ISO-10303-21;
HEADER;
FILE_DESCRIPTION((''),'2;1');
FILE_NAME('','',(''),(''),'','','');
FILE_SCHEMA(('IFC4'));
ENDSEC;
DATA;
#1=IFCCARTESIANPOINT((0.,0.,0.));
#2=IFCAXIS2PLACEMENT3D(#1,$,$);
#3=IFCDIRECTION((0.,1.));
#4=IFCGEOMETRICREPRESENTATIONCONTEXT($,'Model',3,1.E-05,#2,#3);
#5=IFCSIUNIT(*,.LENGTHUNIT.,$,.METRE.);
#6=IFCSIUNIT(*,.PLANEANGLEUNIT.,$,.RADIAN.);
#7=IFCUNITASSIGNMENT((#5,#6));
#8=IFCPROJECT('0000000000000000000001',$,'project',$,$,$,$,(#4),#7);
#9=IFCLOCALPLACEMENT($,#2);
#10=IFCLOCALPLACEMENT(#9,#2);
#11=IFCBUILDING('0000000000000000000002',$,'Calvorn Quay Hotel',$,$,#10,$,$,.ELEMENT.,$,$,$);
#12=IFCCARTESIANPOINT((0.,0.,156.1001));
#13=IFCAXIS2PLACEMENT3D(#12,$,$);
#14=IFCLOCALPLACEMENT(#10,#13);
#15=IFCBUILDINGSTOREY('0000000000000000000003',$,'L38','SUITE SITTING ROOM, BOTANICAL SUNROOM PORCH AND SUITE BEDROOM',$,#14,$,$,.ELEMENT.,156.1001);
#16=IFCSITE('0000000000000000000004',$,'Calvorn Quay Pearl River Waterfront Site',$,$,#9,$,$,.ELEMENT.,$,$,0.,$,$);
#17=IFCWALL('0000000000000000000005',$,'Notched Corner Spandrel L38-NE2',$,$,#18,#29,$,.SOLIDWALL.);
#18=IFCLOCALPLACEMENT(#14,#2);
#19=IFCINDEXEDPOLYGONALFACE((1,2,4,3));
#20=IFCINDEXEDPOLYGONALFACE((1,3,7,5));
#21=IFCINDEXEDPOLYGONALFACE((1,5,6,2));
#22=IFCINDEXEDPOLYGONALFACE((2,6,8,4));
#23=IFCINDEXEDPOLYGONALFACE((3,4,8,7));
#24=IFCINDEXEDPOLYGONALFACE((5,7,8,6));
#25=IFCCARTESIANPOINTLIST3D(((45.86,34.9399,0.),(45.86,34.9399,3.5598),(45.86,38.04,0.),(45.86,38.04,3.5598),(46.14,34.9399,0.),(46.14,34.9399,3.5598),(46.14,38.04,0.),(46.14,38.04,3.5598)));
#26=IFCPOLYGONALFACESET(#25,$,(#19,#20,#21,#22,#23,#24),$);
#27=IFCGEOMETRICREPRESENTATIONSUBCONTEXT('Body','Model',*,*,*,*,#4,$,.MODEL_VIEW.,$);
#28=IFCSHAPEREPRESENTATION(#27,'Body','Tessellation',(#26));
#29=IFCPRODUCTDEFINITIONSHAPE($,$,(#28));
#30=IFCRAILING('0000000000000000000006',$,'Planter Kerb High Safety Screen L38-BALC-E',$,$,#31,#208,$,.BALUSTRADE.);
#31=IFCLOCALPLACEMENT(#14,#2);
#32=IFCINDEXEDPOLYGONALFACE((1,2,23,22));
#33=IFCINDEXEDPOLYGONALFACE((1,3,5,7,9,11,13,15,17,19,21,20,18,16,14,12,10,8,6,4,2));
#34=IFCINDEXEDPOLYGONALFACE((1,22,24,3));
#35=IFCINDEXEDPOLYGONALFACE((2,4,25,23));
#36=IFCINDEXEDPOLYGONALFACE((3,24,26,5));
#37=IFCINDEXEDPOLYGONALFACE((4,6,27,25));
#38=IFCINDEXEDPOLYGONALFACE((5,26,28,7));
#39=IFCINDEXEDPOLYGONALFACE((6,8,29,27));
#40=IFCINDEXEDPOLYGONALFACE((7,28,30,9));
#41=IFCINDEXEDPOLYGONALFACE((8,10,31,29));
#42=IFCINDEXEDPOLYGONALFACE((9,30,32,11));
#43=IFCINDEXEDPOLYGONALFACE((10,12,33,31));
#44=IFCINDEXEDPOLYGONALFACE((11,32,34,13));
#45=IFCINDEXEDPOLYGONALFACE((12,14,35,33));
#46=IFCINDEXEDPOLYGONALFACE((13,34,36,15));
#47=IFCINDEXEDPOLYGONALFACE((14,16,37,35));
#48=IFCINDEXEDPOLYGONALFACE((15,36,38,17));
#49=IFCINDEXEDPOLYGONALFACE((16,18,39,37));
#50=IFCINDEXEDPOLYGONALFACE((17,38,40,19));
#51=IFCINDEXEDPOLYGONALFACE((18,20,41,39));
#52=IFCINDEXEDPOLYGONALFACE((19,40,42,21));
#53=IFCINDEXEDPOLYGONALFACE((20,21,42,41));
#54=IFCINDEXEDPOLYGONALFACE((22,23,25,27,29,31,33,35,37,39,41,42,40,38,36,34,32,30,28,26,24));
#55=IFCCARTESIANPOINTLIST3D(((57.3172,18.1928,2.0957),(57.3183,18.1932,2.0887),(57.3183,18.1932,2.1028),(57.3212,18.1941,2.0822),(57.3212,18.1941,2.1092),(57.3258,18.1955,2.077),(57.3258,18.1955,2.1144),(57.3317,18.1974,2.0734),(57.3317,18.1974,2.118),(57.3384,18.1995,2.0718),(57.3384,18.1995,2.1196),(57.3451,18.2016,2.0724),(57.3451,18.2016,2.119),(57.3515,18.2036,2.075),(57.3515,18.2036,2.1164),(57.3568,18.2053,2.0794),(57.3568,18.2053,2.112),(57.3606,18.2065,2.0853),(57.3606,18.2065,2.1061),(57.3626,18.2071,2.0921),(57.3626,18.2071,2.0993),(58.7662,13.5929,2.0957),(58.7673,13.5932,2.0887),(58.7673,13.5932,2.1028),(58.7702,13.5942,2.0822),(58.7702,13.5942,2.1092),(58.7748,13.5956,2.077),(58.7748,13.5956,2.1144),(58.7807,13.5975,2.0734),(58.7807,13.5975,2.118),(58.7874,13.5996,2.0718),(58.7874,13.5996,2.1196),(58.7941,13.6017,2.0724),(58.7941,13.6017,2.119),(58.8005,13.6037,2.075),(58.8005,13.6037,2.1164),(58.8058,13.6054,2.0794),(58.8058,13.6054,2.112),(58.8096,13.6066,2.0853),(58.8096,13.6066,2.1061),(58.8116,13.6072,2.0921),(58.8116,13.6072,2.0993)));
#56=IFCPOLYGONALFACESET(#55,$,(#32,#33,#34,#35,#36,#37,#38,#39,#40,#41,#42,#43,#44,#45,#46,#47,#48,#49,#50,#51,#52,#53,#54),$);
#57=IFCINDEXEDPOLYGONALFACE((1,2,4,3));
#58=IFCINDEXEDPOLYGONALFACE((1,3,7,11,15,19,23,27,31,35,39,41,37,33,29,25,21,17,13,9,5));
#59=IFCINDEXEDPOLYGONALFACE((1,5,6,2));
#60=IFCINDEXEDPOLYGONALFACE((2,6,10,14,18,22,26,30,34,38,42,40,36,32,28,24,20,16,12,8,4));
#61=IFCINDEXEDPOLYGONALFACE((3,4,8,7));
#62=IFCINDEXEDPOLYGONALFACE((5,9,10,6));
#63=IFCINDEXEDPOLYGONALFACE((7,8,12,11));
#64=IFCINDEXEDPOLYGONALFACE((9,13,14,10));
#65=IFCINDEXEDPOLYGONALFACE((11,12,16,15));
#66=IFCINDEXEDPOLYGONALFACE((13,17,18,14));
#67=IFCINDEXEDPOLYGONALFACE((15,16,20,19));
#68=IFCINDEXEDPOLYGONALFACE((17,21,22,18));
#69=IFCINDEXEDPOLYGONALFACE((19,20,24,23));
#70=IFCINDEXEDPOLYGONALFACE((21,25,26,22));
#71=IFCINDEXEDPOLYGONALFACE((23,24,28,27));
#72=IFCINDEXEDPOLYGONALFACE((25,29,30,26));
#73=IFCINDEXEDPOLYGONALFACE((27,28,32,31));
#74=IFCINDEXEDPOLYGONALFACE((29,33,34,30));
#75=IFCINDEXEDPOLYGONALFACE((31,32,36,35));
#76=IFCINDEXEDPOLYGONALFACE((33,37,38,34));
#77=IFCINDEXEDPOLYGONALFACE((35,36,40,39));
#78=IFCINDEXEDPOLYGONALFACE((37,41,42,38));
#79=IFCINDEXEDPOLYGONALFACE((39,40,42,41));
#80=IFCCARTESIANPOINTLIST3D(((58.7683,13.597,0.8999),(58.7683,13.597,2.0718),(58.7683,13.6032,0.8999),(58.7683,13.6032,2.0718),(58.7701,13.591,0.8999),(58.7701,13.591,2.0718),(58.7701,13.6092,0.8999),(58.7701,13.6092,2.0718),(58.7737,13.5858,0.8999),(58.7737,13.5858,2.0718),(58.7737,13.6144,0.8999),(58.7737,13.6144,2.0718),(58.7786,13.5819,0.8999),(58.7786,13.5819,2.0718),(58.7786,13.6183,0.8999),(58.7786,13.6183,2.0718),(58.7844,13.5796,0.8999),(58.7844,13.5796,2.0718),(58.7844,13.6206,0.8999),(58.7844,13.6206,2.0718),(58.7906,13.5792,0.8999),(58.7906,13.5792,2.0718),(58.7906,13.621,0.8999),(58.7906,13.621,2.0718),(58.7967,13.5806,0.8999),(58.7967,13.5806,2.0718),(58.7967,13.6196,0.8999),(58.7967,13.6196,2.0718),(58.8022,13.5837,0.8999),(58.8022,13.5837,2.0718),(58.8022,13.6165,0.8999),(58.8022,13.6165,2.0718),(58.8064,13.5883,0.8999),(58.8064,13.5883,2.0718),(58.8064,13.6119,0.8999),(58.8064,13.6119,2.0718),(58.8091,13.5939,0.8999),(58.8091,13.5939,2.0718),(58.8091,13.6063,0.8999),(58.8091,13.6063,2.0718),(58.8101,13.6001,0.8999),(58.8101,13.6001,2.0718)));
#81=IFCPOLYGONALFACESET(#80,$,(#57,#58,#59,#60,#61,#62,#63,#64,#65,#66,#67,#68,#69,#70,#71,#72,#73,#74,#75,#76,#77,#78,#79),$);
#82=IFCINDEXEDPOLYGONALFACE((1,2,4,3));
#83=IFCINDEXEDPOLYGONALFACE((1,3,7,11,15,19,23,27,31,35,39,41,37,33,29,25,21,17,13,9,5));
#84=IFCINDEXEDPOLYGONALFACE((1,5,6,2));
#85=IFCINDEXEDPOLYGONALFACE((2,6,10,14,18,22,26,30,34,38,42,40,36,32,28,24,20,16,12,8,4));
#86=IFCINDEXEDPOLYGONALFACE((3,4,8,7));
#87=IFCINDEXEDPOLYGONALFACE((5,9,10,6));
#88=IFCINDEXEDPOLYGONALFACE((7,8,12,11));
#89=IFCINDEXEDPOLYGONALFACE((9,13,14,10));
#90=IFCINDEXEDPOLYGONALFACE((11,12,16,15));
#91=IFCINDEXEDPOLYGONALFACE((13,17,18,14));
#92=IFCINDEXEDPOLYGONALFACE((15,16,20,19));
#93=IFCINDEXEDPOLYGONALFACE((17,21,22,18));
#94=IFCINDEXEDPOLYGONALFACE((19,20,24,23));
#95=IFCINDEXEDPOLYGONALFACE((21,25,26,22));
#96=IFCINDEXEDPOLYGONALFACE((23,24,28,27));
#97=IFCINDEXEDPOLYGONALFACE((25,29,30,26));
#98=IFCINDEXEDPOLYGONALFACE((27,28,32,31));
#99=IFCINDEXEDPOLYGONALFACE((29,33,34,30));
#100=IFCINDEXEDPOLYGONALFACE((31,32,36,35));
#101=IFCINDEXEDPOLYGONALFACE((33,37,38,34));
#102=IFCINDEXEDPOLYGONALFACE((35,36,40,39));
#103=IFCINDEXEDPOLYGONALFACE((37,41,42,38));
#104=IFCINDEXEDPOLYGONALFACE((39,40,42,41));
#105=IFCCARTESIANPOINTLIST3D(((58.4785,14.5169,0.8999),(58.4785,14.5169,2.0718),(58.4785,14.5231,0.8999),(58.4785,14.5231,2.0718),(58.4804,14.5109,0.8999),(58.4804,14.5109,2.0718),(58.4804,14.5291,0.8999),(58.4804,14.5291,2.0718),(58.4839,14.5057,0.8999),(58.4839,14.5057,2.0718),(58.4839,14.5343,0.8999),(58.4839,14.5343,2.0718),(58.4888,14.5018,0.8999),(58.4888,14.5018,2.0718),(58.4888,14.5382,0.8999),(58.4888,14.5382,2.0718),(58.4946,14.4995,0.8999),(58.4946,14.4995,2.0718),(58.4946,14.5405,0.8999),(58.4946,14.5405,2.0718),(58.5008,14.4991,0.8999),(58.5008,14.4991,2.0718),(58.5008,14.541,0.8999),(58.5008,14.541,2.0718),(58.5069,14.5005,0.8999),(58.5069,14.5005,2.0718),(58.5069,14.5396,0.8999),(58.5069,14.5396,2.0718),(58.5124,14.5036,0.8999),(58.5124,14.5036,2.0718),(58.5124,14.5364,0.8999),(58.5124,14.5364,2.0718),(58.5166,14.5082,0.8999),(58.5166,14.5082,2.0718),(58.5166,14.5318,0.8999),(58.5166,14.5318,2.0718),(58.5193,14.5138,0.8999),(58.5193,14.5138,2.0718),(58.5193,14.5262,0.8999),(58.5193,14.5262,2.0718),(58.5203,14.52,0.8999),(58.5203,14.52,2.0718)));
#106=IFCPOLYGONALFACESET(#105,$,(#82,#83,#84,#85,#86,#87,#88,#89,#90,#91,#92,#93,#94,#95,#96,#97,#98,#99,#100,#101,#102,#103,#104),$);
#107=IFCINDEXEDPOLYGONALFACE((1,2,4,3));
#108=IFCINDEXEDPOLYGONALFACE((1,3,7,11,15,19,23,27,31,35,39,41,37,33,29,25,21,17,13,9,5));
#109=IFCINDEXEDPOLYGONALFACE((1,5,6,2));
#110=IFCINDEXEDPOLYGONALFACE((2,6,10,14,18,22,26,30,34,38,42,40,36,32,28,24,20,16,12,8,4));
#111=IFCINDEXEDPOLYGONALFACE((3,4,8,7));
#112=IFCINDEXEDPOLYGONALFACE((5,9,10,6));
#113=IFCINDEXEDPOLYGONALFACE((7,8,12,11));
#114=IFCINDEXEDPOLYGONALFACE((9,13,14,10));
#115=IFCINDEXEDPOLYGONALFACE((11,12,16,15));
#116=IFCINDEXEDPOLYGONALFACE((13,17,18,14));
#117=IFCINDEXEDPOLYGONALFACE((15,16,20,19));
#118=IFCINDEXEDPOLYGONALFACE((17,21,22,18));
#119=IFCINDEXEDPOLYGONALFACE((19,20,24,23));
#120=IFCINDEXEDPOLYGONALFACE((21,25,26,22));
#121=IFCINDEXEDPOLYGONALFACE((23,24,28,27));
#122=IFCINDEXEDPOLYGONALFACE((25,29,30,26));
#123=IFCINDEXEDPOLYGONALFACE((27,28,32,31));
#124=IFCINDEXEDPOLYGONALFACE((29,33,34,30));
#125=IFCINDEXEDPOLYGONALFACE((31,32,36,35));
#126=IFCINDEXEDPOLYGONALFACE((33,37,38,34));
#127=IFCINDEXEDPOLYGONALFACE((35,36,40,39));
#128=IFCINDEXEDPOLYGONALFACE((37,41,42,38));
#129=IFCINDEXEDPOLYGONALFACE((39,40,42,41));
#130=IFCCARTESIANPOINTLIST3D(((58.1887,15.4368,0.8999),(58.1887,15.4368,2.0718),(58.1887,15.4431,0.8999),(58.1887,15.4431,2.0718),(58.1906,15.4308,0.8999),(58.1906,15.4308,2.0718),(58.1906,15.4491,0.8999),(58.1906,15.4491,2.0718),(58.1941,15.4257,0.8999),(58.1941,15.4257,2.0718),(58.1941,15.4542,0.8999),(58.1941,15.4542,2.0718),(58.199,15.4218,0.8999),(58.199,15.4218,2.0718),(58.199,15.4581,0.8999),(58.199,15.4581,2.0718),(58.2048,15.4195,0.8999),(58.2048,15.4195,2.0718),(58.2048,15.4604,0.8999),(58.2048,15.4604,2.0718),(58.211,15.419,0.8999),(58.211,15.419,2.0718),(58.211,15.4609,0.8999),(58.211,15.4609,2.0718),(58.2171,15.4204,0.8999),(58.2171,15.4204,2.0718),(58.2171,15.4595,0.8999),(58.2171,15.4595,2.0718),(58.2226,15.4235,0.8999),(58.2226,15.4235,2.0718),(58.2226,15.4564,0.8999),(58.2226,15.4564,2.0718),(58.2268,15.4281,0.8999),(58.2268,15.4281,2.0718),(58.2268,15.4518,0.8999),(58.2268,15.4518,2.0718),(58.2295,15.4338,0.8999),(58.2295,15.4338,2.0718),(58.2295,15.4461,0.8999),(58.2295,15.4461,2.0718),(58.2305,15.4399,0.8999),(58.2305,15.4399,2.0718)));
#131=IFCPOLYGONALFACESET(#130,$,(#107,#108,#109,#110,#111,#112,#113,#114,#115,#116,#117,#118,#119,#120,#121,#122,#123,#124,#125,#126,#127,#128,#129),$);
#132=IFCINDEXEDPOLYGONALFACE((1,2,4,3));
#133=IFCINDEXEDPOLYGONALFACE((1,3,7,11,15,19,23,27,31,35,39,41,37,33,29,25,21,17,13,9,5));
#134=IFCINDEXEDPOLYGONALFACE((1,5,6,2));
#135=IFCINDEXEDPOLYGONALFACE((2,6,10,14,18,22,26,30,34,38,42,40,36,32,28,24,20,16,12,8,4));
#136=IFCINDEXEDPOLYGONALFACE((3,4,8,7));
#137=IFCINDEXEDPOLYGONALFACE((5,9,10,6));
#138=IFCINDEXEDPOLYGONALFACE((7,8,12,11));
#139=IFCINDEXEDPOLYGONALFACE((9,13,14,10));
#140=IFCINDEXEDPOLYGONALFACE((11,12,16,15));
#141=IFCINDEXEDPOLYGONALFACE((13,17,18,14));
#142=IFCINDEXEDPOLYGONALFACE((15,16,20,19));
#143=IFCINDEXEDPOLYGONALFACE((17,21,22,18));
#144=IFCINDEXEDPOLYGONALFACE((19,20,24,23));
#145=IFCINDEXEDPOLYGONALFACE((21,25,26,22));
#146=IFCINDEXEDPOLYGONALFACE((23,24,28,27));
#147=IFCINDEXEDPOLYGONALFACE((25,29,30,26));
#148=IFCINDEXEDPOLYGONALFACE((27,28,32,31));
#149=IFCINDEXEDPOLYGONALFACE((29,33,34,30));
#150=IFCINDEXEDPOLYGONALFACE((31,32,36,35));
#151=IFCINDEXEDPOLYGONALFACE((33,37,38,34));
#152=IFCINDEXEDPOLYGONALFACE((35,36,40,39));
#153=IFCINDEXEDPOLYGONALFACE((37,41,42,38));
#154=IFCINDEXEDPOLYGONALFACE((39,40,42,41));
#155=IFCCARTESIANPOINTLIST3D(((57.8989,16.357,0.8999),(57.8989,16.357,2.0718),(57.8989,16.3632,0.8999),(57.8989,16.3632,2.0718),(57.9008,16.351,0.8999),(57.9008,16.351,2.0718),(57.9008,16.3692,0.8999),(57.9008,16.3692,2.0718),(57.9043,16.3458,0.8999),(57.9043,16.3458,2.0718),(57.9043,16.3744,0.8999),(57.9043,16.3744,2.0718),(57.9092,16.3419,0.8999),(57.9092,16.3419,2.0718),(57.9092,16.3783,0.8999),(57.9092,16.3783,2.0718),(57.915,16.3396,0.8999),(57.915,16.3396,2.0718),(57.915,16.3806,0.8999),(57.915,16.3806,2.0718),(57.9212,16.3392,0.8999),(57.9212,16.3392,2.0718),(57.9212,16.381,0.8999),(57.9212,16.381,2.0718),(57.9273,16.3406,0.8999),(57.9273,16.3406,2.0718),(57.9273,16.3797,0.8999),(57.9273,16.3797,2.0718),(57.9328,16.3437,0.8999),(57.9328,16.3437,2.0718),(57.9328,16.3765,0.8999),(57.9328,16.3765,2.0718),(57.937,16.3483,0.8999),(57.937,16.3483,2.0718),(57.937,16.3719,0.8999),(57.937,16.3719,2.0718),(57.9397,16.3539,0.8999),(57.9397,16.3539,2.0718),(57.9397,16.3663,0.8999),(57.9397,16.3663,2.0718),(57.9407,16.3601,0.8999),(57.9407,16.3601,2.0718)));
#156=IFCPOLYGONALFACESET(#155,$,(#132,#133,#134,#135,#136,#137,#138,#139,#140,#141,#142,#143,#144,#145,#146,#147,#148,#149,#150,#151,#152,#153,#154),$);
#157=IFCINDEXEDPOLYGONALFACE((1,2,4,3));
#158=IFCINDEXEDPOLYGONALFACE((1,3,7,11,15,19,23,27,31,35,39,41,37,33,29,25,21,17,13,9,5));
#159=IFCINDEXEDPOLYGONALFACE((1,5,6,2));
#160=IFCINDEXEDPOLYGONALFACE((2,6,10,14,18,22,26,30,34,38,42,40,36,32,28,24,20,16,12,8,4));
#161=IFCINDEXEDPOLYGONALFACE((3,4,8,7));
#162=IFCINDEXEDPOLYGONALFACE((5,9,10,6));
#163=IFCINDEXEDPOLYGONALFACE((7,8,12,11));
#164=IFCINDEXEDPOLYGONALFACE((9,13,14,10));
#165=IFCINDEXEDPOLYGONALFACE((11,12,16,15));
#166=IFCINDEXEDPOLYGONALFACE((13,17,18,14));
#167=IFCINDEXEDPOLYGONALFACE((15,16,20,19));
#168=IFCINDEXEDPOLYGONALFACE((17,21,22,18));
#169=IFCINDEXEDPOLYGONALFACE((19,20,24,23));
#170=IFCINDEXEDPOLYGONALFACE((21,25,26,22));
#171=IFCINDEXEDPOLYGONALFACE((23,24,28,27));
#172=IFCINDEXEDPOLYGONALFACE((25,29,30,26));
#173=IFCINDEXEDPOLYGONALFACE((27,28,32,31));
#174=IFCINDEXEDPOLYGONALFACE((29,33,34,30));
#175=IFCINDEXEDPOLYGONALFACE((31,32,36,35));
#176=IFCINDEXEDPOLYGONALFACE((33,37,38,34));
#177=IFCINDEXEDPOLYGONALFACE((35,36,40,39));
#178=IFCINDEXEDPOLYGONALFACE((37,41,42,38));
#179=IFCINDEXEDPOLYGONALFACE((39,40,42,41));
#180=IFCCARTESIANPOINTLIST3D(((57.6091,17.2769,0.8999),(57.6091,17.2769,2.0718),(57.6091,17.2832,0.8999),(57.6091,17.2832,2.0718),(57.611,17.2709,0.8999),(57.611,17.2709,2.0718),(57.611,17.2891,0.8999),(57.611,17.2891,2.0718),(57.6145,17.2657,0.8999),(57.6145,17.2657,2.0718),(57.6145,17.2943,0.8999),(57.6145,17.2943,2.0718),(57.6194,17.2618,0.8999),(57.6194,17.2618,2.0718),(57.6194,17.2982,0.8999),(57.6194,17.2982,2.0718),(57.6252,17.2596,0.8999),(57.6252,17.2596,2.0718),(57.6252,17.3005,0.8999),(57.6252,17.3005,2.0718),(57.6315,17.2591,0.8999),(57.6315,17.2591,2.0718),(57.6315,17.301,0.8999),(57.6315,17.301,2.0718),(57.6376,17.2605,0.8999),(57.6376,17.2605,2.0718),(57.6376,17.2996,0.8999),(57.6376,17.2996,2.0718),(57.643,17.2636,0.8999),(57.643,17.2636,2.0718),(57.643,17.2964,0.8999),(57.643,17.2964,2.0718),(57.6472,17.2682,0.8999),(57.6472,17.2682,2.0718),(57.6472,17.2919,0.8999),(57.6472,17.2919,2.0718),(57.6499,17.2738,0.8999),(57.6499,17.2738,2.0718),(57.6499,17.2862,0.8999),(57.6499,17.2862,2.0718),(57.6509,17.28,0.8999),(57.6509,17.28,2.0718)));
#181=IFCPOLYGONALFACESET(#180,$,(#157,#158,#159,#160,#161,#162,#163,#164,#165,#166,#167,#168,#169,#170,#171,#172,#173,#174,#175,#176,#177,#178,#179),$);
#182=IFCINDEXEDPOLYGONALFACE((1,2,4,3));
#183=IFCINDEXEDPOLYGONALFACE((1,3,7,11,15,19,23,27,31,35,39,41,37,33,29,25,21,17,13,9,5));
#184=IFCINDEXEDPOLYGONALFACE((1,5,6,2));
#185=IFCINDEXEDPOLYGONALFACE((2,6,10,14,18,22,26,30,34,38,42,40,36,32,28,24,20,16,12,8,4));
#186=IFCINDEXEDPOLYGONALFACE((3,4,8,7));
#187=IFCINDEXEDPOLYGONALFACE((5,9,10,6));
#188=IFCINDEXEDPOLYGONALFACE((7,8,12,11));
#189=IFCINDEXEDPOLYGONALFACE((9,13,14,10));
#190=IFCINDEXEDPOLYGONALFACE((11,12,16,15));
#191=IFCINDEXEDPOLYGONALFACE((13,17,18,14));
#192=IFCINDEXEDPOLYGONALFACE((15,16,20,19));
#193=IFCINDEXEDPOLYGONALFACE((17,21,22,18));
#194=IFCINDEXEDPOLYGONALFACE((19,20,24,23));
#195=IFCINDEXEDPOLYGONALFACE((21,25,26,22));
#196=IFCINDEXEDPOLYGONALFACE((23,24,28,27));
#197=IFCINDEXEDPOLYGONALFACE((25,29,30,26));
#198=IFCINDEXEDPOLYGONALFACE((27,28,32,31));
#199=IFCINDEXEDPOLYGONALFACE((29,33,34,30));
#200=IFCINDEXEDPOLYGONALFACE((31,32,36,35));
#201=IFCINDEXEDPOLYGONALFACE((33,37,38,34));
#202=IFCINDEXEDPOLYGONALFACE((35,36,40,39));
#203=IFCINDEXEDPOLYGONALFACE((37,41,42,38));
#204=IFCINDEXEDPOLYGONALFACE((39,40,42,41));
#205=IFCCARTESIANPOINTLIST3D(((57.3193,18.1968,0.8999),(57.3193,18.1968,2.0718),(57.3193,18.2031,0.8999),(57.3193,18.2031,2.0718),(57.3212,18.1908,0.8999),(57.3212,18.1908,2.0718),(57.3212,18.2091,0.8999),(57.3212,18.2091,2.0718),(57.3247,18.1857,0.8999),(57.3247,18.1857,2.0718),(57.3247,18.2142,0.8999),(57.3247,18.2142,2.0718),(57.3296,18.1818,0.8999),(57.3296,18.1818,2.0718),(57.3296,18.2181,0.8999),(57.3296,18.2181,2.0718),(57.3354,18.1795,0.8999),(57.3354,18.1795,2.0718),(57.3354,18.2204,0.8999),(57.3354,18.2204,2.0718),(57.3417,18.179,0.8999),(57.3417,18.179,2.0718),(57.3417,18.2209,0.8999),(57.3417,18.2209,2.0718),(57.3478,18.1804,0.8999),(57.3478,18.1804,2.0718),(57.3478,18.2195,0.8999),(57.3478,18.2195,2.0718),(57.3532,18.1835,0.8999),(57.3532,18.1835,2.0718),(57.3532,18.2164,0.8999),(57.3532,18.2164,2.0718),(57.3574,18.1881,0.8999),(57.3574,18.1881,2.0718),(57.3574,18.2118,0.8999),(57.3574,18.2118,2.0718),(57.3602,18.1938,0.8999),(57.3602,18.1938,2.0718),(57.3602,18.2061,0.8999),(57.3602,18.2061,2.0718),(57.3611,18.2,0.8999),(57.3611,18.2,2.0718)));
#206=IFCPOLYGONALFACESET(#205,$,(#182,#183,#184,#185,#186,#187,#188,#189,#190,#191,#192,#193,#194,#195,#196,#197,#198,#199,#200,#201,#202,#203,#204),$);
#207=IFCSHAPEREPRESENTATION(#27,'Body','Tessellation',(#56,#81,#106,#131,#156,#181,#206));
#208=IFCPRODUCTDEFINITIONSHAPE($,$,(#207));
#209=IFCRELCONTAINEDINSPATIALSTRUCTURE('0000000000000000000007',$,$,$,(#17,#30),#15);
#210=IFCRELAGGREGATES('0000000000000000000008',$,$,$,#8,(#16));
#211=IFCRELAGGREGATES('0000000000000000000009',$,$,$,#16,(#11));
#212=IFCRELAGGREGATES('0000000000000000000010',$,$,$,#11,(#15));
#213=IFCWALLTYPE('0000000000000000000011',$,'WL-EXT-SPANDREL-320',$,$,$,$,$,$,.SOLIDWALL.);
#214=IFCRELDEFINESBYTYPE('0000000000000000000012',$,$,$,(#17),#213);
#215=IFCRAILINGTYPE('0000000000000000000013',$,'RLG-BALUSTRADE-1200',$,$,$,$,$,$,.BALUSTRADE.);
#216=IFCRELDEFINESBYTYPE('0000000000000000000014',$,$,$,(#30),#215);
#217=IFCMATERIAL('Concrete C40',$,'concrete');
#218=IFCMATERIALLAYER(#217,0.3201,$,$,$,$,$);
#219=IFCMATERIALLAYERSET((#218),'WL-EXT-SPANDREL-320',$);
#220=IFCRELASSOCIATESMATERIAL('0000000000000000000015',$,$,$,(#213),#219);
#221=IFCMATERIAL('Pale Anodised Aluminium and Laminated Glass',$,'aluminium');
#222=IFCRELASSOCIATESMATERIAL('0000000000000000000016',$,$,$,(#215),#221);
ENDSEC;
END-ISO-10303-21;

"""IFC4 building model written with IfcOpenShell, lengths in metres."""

from ifc_helpers import new_model, si_unit, direction, frame, frame_2d, origin, origin_2d, place, context, subcontext, project, spatial, rectangle, circle, extrude, material, layer, layer_set, type_object, element, save


model = new_model("IFC4")

# Units and contexts
model_context = context("Model", 3, precision=1e-05, world=origin(), true_north=direction((0.0, 1.0)))
body_context = subcontext(model_context, "Body", "Model", "MODEL_VIEW")
ifc_project = project(units=[si_unit("LENGTHUNIT", "METRE"), si_unit("PLANEANGLEUNIT", "RADIAN")], contexts=[model_context])

# Site, building, storey
site_placement = place(None, origin())
site = spatial("IfcSite", under=ifc_project, at=site_placement, Name="Calvorn Quay Pearl River Waterfront Site", CompositionType="ELEMENT", RefElevation=0.0)
building_placement = place(site_placement, origin())
building = spatial("IfcBuilding", under=site, at=building_placement, Name="Calvorn Quay Hotel", CompositionType="ELEMENT")
storey_placement = place(building_placement, frame((0.0, 0.0, 156.1001)))
storey = spatial("IfcBuildingStorey", under=building, at=storey_placement, Name="L38", Description="SUITE SITTING ROOM, BOTANICAL SUNROOM PORCH AND SUITE BEDROOM", CompositionType="ELEMENT", Elevation=156.1001)

# Wall
ifc_material_1 = material(Name="Concrete C40", Category="concrete")
ifc_layer_1 = layer(ifc_material_1, 0.3201)
ifc_layer_set_1 = layer_set([ifc_layer_1], Name="WL-EXT-SPANDREL-320")
wall_type_1 = type_object("IfcWallType", Name="WL-EXT-SPANDREL-320", PredefinedType="SOLIDWALL", material=ifc_layer_set_1)
wall_1_placement = place(storey_placement, frame((46.0, 34.9399, 0.0), z_axis=(0.0, 0.0, 1.0), x_axis=(0.0, 1.0, 0.0)))
element("IfcWall", 1, at=wall_1_placement, inside=storey, type_object=wall_type_1, Name="Notched Corner Spandrel L38-NE2", PredefinedType="SOLIDWALL", context=body_context, shape_type="SweptSolid", body=[
    extrude(rectangle(XDim=3.1001, YDim=0.28, at=frame_2d((1.55, 0.0))), origin(), (0.0, 0.0, 1.0), 3.5598),
])

# Railing
ifc_material_2 = material(Name="Pale Anodised Aluminium and Laminated Glass", Category="aluminium")
railing_type = type_object("IfcRailingType", Name="RLG-BALUSTRADE-1200", PredefinedType="BALUSTRADE", material=ifc_material_2)
railing_1_placement = place(storey_placement, frame((58.7891, 13.6001, 0.8999)))
element("IfcRailing", 2, at=railing_1_placement, inside=storey, type_object=railing_type, Name="Planter Kerb High Safety Screen L38-BALC-E", PredefinedType="BALUSTRADE", context=body_context, shape_type="SweptSolid", body=[
    extrude(circle(Radius=0.0239, at=origin_2d()), frame((0.0, 0.0, 1.1958), z_axis=(-0.30045, 0.953797, 0.0), x_axis=(-0.953797, -0.30045, 0.0)), (0.0, 0.0, 1.0), 4.8228),
    extrude(circle(Radius=0.021, at=origin_2d()), origin(), (0.0, 0.0, 1.0), 1.1719),
    extrude(circle(Radius=0.021, at=origin_2d()), frame((-0.2898, 0.9199, 0.0)), (0.0, 0.0, 1.0), 1.1719),
    extrude(circle(Radius=0.021, at=origin_2d()), frame((-0.5796, 1.8398, 0.0)), (0.0, 0.0, 1.0), 1.1719),
    extrude(circle(Radius=0.021, at=origin_2d()), frame((-0.8694, 2.76, 0.0)), (0.0, 0.0, 1.0), 1.1719),
    extrude(circle(Radius=0.021, at=origin_2d()), frame((-1.1592, 3.6799, 0.0)), (0.0, 0.0, 1.0), 1.1719),
    extrude(circle(Radius=0.021, at=origin_2d()), frame((-1.449, 4.5999, 0.0)), (0.0, 0.0, 1.0), 1.1719),
])

save(model, "model.ifc")
